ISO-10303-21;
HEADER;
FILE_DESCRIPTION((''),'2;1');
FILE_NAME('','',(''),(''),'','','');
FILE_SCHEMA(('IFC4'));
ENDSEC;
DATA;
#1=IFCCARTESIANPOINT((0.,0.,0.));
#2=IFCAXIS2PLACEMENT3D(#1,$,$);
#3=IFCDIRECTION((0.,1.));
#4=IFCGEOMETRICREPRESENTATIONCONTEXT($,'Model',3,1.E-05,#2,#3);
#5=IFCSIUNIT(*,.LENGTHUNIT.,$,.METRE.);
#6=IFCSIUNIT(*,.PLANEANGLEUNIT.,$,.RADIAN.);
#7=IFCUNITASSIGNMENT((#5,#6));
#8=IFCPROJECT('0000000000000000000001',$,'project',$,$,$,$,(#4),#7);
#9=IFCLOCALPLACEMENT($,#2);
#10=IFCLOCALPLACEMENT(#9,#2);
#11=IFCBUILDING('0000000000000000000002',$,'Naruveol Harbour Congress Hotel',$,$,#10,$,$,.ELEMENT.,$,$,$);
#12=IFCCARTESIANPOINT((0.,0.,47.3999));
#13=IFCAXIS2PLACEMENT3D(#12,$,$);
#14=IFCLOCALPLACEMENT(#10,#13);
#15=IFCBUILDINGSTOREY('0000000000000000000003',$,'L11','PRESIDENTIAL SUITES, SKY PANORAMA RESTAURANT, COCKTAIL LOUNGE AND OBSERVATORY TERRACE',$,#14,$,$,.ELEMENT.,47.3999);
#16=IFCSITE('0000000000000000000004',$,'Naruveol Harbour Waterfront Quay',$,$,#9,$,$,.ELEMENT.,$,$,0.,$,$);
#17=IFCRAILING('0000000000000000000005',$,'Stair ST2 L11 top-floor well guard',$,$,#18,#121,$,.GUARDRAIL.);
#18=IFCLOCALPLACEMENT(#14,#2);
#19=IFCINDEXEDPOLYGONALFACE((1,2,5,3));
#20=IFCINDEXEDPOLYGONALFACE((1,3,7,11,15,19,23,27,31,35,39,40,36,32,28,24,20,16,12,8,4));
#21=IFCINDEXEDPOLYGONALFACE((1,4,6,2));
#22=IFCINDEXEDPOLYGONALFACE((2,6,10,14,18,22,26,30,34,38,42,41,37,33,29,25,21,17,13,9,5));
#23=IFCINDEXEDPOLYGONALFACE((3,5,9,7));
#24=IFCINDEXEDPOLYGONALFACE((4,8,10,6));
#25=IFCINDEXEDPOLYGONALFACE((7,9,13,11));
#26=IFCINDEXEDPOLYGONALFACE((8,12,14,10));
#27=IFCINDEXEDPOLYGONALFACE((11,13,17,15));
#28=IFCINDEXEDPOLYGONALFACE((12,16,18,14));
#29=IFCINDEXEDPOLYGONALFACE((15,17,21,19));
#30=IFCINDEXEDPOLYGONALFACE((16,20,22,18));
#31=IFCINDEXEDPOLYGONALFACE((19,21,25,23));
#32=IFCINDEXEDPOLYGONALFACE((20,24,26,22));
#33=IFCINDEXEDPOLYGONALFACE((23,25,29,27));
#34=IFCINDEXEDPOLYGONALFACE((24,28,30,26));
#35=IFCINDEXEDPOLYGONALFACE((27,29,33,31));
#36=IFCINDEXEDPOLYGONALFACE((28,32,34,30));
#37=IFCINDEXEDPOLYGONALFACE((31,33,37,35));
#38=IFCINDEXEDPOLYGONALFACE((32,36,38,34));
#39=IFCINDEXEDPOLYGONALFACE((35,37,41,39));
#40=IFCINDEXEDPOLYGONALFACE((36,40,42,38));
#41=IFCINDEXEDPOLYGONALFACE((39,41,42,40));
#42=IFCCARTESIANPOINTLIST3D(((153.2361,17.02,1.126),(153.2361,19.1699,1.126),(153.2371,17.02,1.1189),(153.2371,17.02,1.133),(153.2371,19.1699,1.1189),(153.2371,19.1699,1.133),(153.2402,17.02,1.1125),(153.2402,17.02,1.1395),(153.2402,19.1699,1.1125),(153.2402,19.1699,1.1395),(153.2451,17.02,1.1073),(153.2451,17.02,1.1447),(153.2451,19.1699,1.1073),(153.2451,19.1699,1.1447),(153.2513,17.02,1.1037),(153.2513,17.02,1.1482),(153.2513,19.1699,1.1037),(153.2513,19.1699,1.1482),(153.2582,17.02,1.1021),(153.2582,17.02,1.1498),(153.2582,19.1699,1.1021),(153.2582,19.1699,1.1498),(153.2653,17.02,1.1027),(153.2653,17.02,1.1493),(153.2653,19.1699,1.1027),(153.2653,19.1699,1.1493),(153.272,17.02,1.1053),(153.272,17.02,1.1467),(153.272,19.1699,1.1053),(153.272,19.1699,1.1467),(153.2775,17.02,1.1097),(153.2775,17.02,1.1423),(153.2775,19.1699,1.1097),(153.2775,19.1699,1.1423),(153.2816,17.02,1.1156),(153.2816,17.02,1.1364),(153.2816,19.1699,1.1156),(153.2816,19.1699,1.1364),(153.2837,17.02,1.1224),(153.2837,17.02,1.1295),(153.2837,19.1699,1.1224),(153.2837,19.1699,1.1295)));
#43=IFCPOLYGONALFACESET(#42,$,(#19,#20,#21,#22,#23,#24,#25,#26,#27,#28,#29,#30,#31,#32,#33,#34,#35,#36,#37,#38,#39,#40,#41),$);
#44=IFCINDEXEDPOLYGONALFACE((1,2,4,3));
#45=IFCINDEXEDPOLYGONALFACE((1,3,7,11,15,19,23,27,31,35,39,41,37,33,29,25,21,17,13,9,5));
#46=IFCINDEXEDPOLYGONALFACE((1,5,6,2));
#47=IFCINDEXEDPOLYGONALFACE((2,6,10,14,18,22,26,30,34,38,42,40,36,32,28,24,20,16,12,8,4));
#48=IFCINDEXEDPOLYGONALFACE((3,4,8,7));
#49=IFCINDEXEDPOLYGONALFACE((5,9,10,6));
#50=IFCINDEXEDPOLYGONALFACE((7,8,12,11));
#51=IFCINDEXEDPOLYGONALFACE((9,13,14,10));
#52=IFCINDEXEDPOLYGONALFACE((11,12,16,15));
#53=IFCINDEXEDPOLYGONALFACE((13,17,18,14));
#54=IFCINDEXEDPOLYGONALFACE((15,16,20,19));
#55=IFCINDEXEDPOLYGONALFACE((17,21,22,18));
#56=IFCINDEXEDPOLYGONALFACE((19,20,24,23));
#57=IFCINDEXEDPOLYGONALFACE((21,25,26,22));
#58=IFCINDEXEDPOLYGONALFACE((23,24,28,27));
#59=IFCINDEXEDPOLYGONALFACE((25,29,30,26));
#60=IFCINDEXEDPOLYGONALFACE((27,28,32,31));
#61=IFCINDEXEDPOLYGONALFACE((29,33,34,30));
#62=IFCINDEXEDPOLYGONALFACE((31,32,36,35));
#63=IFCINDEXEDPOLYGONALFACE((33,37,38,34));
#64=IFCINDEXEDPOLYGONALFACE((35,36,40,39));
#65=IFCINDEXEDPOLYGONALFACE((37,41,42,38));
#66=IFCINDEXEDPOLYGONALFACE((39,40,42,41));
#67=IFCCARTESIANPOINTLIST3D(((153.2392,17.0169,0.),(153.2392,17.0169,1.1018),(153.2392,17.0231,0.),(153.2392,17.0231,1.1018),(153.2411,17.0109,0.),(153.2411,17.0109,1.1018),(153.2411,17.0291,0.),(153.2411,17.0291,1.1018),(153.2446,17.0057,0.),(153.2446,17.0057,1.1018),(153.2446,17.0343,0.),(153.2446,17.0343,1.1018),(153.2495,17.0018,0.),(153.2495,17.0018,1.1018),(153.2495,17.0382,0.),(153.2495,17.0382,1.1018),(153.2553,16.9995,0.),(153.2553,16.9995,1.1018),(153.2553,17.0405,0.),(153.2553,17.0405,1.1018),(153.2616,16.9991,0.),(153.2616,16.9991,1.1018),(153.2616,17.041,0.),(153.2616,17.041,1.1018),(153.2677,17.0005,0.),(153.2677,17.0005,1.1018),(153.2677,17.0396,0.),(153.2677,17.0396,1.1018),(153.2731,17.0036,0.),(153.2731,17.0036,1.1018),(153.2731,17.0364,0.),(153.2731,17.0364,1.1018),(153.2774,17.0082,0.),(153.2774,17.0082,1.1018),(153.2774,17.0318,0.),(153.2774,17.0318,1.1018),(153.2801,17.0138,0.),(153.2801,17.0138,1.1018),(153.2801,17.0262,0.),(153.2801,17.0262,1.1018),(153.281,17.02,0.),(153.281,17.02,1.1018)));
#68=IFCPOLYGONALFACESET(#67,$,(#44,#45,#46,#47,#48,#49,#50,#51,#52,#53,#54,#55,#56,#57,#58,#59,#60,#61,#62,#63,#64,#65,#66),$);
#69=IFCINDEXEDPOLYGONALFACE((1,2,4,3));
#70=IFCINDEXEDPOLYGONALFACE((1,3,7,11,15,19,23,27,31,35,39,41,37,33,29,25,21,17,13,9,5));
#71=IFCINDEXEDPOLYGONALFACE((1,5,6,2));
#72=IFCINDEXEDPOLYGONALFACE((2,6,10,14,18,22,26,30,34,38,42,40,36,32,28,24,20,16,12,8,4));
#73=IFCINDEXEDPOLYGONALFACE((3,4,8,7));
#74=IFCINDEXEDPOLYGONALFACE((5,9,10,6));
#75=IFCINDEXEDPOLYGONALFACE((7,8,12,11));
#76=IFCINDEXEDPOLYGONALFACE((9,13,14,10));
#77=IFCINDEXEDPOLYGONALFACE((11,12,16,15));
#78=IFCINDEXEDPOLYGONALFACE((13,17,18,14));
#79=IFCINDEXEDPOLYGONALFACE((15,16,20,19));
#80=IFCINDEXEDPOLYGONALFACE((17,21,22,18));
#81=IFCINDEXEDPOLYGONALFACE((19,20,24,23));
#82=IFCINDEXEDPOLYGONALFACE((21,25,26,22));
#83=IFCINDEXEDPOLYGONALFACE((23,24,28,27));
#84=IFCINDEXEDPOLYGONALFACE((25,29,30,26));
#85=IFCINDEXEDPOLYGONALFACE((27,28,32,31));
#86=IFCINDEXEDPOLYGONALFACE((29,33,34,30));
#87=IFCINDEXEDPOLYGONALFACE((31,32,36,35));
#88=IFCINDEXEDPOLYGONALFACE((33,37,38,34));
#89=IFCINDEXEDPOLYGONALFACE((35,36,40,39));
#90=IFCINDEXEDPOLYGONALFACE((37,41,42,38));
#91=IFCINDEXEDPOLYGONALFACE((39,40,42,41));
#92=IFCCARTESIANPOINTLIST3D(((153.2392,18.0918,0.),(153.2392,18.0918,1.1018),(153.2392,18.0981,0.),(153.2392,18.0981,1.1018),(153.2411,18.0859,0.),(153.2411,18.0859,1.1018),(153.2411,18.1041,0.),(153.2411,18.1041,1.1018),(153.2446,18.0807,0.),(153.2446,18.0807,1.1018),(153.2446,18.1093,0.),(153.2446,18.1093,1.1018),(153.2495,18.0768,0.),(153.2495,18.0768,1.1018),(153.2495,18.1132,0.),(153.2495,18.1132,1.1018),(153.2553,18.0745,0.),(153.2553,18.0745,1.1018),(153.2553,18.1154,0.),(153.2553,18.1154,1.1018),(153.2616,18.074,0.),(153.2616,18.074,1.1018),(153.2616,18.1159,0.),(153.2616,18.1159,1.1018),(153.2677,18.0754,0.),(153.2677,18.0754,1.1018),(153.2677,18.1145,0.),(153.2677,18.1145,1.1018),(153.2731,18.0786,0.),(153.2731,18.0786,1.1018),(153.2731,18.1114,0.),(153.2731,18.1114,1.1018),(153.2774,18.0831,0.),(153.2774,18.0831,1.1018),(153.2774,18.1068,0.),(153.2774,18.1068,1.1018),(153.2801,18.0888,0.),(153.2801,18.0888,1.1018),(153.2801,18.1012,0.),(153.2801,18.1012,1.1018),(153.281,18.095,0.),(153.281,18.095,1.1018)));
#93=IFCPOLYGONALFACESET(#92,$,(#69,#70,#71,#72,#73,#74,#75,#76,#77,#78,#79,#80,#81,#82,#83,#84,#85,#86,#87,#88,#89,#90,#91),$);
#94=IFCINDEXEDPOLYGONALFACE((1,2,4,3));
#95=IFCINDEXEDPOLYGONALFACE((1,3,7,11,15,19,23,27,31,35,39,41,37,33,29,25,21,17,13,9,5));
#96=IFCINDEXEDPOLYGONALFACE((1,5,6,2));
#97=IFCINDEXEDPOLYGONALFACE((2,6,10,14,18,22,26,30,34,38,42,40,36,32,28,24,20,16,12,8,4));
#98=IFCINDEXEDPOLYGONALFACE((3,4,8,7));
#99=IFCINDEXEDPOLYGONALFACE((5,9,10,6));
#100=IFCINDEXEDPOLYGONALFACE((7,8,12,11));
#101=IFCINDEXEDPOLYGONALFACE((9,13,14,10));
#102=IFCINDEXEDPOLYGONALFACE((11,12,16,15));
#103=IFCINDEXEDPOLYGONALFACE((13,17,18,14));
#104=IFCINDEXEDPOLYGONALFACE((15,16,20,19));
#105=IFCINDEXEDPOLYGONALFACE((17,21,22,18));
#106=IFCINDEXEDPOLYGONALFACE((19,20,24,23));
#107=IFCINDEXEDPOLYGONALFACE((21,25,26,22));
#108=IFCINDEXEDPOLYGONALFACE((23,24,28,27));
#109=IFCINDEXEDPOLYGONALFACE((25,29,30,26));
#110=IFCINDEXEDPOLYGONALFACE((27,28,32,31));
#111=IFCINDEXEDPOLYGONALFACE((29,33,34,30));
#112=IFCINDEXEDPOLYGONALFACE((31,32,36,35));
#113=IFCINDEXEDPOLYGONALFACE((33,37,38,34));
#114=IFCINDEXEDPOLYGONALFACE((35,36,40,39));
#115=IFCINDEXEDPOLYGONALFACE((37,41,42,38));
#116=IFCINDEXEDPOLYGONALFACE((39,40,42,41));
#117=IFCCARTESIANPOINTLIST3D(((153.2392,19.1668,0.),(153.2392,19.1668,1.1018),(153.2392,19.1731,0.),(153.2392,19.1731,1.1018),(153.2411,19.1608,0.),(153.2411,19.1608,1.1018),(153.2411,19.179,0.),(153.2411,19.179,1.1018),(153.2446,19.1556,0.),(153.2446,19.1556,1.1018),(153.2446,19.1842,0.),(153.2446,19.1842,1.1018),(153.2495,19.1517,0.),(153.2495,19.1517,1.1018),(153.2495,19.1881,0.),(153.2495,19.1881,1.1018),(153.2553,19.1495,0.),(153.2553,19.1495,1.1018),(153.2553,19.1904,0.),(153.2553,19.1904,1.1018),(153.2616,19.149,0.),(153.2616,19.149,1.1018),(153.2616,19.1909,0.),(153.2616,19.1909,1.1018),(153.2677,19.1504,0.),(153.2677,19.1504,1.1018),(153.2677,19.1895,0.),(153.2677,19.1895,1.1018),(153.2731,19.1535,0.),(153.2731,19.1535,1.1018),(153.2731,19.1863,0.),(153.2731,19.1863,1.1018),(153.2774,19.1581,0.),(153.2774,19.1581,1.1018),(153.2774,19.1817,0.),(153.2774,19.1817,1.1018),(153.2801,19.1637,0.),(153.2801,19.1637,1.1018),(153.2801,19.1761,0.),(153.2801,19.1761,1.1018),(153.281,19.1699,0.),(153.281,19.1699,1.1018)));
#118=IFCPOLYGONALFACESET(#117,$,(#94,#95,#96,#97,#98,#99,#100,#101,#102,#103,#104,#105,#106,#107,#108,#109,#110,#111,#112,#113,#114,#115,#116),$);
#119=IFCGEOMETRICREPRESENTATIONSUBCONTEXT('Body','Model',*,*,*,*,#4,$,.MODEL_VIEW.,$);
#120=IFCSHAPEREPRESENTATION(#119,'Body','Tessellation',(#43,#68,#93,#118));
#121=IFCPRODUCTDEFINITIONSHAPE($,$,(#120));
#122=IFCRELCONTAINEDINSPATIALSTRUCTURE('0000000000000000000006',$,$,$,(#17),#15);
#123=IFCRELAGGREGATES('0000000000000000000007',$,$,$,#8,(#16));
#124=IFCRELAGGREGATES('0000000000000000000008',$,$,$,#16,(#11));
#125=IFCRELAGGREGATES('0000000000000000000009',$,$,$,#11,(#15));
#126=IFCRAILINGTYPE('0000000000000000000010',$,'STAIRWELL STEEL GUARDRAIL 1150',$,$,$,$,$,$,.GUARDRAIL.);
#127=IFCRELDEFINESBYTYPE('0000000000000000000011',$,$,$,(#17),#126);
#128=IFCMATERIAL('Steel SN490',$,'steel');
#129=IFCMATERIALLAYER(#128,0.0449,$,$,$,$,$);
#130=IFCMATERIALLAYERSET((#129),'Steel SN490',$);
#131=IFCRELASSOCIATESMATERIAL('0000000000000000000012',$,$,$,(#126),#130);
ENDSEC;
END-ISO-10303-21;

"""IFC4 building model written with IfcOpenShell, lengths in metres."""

from ifc_helpers import new_model, si_unit, direction, frame, origin, origin_2d, place, context, subcontext, project, spatial, circle, extrude, material, layer, layer_set, type_object, element, save


model = new_model("IFC4")

# Units and contexts
model_context = context("Model", 3, precision=1e-05, world=origin(), true_north=direction((0.0, 1.0)))
body_context = subcontext(model_context, "Body", "Model", "MODEL_VIEW")
ifc_project = project(units=[si_unit("LENGTHUNIT", "METRE"), si_unit("PLANEANGLEUNIT", "RADIAN")], contexts=[model_context])

# Site, building, storey
site_placement = place(None, origin())
site = spatial("IfcSite", under=ifc_project, at=site_placement, Name="Naruveol Harbour Waterfront Quay", CompositionType="ELEMENT", RefElevation=0.0)
building_placement = place(site_placement, origin())
building = spatial("IfcBuilding", under=site, at=building_placement, Name="Naruveol Harbour Congress Hotel", CompositionType="ELEMENT")
storey_placement = place(building_placement, frame((0.0, 0.0, 47.3999)))
storey = spatial("IfcBuildingStorey", under=building, at=storey_placement, Name="L11", Description="PRESIDENTIAL SUITES, SKY PANORAMA RESTAURANT, COCKTAIL LOUNGE AND OBSERVATORY TERRACE", CompositionType="ELEMENT", Elevation=47.3999)

# Railing
ifc_material_1 = material(Name="Steel SN490", Category="steel")
ifc_layer_1 = layer(ifc_material_1, 0.0449)
ifc_layer_set_1 = layer_set([ifc_layer_1], Name="Steel SN490")
railing_type_1 = type_object("IfcRailingType", Name="STAIRWELL STEEL GUARDRAIL 1150", PredefinedType="GUARDRAIL", material=ifc_layer_set_1)
railing_1_placement = place(storey_placement, frame((153.26, 17.02, 0.0)))
element("IfcRailing", 1, at=railing_1_placement, inside=storey, type_object=railing_type_1, Name="Stair ST2 L11 top-floor well guard", PredefinedType="GUARDRAIL", context=body_context, shape_type="SweptSolid", body=[
    extrude(circle(Radius=0.0239, at=origin_2d()), frame((0.0, 0.0, 1.126), z_axis=(0.0, 1.0, 0.0), x_axis=(-1.0, 0.0, 0.0)), (0.0, 0.0, 1.0), 2.1499),
    extrude(circle(Radius=0.021, at=origin_2d()), origin(), (0.0, 0.0, 1.0), 1.1018),
    extrude(circle(Radius=0.021, at=origin_2d()), frame((0.0, 1.075, 0.0)), (0.0, 0.0, 1.0), 1.1018),
    extrude(circle(Radius=0.021, at=origin_2d()), frame((0.0, 2.1499, 0.0)), (0.0, 0.0, 1.0), 1.1018),
])

save(model, "model.ifc")
